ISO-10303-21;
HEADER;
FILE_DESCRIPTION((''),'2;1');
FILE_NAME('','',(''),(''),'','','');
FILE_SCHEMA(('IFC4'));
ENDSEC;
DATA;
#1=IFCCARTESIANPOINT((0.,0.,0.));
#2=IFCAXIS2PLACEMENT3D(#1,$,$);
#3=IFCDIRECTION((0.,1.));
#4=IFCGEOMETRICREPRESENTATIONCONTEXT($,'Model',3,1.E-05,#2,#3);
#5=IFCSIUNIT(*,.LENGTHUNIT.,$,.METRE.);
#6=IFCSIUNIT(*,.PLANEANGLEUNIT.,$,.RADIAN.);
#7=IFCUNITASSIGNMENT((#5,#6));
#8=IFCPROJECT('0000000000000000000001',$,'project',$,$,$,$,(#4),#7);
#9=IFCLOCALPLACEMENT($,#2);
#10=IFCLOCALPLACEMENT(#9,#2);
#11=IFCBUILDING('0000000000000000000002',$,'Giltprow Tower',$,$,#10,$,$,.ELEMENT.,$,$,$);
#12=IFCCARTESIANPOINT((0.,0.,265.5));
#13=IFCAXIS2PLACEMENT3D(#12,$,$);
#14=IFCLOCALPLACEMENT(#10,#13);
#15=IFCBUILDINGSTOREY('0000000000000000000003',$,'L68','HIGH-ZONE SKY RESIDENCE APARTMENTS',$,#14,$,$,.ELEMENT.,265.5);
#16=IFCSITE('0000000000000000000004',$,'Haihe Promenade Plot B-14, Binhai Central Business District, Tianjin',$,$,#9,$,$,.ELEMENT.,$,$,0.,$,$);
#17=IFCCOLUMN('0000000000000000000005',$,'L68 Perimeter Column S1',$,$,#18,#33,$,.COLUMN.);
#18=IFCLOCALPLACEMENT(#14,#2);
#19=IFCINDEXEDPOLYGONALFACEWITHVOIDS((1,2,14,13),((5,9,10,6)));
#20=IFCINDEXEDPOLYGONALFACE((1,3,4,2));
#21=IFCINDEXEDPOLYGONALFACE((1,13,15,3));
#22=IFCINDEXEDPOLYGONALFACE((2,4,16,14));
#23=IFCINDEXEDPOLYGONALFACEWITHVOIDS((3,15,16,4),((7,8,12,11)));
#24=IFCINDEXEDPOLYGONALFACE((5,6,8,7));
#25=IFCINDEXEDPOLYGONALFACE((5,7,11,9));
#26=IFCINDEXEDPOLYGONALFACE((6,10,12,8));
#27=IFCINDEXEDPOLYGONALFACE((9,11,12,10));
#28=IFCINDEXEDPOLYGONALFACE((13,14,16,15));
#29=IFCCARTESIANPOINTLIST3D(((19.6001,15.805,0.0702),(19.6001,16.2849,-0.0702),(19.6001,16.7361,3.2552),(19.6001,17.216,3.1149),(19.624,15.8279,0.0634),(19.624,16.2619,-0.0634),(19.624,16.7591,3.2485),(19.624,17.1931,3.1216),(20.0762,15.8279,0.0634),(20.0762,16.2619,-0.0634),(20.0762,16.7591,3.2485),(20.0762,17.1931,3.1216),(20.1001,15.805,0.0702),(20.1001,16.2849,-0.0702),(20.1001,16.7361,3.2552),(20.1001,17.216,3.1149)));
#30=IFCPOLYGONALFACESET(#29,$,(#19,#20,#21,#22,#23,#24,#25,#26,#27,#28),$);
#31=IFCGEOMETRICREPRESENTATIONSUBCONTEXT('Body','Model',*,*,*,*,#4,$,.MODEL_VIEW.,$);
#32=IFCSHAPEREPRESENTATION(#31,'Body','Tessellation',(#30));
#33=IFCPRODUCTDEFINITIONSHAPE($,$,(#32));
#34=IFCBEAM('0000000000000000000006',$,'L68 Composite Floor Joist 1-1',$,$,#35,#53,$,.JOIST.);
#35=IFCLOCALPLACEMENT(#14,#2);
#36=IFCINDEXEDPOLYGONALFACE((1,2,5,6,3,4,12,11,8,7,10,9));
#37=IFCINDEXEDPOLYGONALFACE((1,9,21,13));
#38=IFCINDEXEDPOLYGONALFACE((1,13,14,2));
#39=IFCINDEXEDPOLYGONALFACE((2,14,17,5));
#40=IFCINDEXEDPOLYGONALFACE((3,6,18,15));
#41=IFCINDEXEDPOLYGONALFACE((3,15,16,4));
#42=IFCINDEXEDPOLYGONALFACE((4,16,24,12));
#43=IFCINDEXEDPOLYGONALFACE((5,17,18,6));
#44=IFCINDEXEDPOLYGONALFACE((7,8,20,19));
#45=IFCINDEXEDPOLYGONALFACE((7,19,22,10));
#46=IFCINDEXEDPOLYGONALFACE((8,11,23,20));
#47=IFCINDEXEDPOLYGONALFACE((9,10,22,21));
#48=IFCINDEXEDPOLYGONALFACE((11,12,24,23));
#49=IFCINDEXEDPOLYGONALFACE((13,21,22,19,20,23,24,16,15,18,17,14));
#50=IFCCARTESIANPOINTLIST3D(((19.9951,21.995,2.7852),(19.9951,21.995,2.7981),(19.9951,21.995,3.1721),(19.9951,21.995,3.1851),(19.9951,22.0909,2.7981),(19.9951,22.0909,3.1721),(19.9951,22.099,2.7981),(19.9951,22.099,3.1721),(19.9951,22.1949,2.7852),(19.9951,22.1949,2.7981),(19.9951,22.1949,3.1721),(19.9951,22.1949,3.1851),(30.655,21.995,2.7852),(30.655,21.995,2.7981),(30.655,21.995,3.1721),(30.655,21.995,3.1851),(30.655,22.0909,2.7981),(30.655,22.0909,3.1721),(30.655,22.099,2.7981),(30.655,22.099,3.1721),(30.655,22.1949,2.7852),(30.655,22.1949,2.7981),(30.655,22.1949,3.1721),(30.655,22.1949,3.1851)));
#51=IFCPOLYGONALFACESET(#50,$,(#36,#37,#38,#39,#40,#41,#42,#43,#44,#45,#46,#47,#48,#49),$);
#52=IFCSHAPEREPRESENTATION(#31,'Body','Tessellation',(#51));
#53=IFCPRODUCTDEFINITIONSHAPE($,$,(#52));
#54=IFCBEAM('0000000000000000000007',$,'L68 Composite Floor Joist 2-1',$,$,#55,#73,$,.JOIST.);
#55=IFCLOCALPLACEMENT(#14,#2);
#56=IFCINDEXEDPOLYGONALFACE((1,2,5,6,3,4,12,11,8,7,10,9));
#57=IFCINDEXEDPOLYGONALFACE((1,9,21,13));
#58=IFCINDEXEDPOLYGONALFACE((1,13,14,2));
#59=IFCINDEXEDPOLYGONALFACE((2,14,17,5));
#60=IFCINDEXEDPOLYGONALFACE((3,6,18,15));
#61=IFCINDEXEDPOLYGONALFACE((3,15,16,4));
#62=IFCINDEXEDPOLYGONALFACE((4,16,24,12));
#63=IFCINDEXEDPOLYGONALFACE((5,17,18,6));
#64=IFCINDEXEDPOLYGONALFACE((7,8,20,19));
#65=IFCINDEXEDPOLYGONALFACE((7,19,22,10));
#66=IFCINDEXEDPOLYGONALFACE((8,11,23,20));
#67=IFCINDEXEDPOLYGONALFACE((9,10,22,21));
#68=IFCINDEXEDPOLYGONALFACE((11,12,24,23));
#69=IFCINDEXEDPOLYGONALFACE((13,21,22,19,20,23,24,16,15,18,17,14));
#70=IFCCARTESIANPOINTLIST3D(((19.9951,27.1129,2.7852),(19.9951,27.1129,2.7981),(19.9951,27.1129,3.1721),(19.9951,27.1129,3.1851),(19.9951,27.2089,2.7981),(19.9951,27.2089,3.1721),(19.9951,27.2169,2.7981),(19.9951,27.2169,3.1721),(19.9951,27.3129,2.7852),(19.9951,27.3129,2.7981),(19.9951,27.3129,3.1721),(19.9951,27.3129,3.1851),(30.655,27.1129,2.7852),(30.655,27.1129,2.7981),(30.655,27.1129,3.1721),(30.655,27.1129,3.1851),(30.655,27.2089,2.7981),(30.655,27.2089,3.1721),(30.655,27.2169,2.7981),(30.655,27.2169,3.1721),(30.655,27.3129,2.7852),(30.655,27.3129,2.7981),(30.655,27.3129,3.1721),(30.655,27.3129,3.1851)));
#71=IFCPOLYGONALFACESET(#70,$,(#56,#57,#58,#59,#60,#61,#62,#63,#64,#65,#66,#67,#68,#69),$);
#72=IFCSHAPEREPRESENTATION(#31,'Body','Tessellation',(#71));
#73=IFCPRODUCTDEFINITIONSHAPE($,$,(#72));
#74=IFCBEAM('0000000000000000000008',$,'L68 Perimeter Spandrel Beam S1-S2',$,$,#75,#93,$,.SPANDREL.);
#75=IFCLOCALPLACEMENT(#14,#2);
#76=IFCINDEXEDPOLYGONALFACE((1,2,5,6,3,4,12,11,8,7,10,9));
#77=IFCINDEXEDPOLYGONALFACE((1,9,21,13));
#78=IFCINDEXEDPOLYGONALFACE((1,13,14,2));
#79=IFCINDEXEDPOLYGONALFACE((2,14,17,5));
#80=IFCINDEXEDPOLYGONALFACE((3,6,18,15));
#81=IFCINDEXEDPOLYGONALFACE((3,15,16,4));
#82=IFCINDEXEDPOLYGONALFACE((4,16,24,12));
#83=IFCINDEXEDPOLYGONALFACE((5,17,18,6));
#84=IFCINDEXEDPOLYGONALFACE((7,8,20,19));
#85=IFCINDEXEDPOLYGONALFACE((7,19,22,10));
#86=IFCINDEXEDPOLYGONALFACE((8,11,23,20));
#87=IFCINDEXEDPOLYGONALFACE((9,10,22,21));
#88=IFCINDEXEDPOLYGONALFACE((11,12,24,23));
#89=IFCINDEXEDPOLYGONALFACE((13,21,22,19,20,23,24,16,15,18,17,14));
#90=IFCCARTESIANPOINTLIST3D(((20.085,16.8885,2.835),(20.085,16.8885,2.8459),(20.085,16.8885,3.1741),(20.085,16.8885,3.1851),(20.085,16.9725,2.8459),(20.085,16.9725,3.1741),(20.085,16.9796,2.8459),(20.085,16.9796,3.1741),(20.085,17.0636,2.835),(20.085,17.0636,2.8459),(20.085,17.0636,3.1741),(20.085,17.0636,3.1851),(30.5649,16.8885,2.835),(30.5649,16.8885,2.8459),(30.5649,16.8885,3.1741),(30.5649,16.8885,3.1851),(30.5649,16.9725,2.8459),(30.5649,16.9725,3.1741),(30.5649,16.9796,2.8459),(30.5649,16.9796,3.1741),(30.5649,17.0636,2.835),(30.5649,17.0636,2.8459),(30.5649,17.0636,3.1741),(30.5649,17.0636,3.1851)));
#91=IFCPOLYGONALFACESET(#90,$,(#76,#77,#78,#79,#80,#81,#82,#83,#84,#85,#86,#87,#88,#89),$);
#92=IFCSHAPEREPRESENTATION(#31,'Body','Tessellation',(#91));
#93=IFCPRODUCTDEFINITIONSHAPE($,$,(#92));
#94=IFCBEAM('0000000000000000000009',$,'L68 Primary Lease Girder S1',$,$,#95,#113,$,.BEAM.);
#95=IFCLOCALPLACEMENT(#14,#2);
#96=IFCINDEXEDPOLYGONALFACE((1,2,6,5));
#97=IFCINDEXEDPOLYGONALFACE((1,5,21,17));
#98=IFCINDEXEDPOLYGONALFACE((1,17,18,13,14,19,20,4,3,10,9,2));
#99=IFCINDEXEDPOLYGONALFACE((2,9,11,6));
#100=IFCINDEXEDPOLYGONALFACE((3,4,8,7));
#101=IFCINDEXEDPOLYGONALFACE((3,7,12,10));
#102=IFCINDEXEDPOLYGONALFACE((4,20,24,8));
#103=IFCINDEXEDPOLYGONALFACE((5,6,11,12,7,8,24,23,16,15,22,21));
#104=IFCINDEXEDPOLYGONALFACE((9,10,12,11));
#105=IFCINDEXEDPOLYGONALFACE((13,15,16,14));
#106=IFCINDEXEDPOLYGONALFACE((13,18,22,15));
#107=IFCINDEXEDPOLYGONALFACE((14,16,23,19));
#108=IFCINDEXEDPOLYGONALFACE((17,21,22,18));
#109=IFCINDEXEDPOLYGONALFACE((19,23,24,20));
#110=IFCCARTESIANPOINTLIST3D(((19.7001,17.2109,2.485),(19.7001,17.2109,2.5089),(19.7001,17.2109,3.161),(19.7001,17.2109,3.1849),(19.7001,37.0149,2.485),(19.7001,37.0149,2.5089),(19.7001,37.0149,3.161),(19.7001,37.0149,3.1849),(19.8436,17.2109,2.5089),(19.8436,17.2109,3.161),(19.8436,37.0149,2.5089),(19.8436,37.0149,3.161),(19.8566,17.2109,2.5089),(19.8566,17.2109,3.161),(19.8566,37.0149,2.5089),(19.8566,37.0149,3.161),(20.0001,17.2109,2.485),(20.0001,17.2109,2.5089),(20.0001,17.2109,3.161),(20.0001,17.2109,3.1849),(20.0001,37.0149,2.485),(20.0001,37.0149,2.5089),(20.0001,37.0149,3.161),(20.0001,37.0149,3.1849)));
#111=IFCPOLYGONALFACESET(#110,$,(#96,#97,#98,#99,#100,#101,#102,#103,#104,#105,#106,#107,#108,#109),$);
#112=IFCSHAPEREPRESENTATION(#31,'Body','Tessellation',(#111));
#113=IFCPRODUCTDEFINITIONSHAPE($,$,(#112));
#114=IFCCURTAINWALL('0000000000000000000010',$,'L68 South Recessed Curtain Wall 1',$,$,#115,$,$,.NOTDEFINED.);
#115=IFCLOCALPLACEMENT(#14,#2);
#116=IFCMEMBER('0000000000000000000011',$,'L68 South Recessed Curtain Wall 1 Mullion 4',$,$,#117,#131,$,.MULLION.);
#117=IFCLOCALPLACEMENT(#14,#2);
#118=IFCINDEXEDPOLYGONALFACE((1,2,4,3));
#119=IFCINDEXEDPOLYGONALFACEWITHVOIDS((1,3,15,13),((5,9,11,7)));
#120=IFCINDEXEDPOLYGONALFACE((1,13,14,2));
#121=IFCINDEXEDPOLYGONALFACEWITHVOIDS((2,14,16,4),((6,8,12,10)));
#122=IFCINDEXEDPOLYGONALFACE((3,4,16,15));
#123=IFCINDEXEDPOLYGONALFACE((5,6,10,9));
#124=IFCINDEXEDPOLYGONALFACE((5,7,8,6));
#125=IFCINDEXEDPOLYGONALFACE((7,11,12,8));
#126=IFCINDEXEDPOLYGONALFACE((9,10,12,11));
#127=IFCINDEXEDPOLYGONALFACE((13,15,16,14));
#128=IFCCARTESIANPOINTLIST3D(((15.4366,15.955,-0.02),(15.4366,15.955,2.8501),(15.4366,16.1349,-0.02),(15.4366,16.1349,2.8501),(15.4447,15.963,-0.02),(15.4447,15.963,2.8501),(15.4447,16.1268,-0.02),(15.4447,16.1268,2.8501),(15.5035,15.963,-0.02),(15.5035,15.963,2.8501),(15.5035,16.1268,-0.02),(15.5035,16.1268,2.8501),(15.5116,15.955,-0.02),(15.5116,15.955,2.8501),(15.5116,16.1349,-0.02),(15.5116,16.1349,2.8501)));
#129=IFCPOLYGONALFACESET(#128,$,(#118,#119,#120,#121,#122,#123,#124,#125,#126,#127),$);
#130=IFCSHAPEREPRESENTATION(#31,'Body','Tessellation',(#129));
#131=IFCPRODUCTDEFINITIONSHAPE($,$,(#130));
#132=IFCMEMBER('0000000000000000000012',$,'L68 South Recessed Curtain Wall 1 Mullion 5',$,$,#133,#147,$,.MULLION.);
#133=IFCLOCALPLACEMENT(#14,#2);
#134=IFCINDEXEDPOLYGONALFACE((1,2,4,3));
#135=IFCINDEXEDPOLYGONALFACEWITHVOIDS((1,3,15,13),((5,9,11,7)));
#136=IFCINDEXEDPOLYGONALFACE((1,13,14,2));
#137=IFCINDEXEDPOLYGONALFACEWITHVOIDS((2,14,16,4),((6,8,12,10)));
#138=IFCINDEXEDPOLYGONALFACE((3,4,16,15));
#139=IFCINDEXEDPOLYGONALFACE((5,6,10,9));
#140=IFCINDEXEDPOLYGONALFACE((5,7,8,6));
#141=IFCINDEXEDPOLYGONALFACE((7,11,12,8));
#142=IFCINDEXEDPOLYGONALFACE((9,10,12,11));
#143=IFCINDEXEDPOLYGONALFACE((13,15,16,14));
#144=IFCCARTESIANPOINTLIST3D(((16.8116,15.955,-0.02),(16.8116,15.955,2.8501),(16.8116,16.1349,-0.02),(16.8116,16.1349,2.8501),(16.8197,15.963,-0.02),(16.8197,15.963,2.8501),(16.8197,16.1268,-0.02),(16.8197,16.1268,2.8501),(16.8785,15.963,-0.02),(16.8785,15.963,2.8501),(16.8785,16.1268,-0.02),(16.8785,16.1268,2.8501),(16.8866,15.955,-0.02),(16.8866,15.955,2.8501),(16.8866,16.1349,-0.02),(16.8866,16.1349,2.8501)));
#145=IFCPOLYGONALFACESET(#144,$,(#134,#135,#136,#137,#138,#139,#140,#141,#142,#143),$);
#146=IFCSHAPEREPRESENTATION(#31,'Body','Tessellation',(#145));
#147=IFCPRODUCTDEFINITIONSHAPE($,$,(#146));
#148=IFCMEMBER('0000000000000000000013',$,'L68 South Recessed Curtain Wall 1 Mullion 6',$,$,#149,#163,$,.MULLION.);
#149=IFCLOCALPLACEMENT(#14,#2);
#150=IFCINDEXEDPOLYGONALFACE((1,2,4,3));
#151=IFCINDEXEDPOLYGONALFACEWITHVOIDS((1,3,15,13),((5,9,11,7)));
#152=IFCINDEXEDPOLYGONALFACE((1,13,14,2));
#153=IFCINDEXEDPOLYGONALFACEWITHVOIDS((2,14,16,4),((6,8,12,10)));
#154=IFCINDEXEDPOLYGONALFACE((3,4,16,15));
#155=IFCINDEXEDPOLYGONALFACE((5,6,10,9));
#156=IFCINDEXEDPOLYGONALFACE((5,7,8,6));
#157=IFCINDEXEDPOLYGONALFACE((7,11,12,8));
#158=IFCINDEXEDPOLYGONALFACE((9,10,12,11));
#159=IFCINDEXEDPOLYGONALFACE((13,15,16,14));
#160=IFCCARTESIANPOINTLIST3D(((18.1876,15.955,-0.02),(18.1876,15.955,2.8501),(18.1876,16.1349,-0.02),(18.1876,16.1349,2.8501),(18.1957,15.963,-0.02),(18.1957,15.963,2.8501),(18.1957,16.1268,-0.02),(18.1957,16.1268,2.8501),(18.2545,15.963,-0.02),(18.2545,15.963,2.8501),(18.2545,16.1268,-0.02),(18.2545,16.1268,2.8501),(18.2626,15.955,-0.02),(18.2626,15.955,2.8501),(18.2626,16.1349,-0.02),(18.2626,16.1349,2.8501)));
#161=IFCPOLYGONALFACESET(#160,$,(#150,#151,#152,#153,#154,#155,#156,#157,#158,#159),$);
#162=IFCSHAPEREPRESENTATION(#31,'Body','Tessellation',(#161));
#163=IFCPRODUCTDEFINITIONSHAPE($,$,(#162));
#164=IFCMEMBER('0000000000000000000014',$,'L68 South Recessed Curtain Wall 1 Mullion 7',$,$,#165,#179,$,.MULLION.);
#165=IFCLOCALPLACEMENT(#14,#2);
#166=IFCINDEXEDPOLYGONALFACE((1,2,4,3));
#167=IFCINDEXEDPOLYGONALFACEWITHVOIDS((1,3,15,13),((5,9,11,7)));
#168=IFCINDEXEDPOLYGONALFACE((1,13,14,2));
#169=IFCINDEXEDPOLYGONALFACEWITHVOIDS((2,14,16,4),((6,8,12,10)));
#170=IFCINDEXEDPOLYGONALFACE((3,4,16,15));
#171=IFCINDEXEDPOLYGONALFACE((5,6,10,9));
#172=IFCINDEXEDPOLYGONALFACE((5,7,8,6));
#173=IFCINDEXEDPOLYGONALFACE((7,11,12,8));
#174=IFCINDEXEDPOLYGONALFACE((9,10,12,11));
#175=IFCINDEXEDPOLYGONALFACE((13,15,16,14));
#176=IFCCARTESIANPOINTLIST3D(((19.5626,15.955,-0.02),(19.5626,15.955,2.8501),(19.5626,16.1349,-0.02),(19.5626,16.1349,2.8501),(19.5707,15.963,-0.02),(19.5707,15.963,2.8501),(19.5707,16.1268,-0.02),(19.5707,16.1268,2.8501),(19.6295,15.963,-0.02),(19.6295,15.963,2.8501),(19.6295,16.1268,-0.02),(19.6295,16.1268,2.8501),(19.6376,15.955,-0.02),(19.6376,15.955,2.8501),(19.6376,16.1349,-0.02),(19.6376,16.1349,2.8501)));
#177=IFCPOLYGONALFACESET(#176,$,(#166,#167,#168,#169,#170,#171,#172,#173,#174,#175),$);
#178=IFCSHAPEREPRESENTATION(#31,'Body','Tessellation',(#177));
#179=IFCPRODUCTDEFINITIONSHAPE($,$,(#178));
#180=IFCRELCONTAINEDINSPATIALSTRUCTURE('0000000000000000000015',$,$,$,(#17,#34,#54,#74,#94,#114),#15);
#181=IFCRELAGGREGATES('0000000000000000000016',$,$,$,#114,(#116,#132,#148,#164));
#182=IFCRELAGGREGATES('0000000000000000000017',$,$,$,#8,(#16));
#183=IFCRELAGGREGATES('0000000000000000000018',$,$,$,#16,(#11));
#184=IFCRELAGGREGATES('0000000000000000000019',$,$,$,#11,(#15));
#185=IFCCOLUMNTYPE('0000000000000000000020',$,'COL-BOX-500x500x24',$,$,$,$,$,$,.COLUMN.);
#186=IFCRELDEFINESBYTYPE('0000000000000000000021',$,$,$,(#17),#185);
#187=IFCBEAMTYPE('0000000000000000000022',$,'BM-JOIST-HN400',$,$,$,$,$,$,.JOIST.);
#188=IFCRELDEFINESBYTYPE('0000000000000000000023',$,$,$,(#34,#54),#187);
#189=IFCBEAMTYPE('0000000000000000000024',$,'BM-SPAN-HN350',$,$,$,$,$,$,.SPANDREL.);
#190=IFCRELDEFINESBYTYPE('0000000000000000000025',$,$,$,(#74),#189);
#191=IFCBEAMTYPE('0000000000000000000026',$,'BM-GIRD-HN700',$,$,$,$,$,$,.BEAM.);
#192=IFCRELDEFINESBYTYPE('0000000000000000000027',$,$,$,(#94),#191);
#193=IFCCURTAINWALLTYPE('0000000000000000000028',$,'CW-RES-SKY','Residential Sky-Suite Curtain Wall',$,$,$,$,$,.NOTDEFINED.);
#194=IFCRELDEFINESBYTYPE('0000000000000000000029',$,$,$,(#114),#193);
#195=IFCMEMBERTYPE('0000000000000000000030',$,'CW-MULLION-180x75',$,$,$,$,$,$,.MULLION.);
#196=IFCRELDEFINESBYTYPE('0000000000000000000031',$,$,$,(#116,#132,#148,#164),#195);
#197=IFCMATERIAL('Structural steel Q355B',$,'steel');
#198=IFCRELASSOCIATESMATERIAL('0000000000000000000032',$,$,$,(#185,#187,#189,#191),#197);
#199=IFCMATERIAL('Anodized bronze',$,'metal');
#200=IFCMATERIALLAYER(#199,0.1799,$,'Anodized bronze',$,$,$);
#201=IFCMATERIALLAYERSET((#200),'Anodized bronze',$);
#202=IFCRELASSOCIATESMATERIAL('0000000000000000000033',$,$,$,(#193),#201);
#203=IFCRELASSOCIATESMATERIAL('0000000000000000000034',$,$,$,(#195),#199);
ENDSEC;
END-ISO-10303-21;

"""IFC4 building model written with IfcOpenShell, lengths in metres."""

from ifc_helpers import new_model, si_unit, direction, frame, origin, origin_2d, place, context, subcontext, project, spatial, hollow_rectangle, i_section, extrude, source, transform, mapped, material, layer, layer_set, material_profile, profile_set, type_object, element, aggregate, save


model = new_model("IFC4")

# Units and contexts
model_context = context("Model", 3, precision=1e-05, world=origin(), true_north=direction((0.0, 1.0)))
body_context = subcontext(model_context, "Body", "Model", "MODEL_VIEW")
ifc_project = project(units=[si_unit("LENGTHUNIT", "METRE"), si_unit("PLANEANGLEUNIT", "RADIAN")], contexts=[model_context])

# Site, building, storey
site_placement = place(None, origin())
site = spatial("IfcSite", under=ifc_project, at=site_placement, Name="Haihe Promenade Plot B-14, Binhai Central Business District, Tianjin", CompositionType="ELEMENT", RefElevation=0.0)
building_placement = place(site_placement, origin())
building = spatial("IfcBuilding", under=site, at=building_placement, Name="Giltprow Tower", CompositionType="ELEMENT")
storey_placement = place(building_placement, frame((0.0, 0.0, 265.5)))
storey = spatial("IfcBuildingStorey", under=building, at=storey_placement, Name="L68", Description="HIGH-ZONE SKY RESIDENCE APARTMENTS", CompositionType="ELEMENT", Elevation=265.5)

# Column
ifc_material_1 = material(Name="Structural steel Q355B", Category="steel")
ifc_material_profile_1 = material_profile(ifc_material_1, hollow_rectangle(XDim=0.5, YDim=0.5, WallThickness=0.0239, at=origin_2d()), Name="BOX 500x500x24")
ifc_profile_set_1 = profile_set([ifc_material_profile_1], Name="Structural steel Q355B")
column_type = type_object("IfcColumnType", Name="COL-BOX-500x500x24", PredefinedType="COLUMN", material=ifc_profile_set_1)
shared_shape_1 = source(origin(), body_context, "Body", "SweptSolid", [
    extrude(hollow_rectangle(XDim=0.5, YDim=0.5, WallThickness=0.0239, at=origin_2d()), origin(), (0.0, 0.0, 1.0), 3.3184),
])
column_placement = place(storey_placement, frame((19.8501, 16.0449, 0.0), z_axis=(0.0, 0.280605, 0.959823), x_axis=(-1.0, 0.0, 0.0)))
element("IfcColumn", 1, at=column_placement, inside=storey, type_object=column_type, Name="L68 Perimeter Column S1", PredefinedType="COLUMN", context=body_context, shape_type="MappedRepresentation", body=[
    mapped(shared_shape_1, transform((0.0, 0.0, 0.0), x_axis=(1.0, 0.0, 0.0), y_axis=(0.0, 1.0, 0.0), z_axis=(0.0, 0.0, 1.0), scale=1.0)),
])

# Beams
ifc_material_profile_2 = material_profile(ifc_material_1, i_section(OverallWidth=0.2, OverallDepth=0.3999, WebThickness=0.0081, FlangeThickness=0.0129, at=origin_2d()), Name="HN 400x200x8x13")
ifc_profile_set_2 = profile_set([ifc_material_profile_2], Name="Structural steel Q355B")
beam_type_1 = type_object("IfcBeamType", Name="BM-JOIST-HN400", PredefinedType="JOIST", material=ifc_profile_set_2)
shared_shape_2 = source(origin(), body_context, "Body", "SweptSolid", [
    extrude(i_section(OverallWidth=0.2, OverallDepth=0.3999, WebThickness=0.0081, FlangeThickness=0.0129, at=origin_2d()), origin(), (0.0, 0.0, 1.0), 10.6599),
])
for number, where, z_axis, x_axis, name in (
    (2, (19.9951, 22.095, 2.9851), (1.0, 0.0, 0.0), (0.0, 1.0, 0.0), "L68 Composite Floor Joist 1-1"),
    (3, (19.9951, 27.2129, 2.9851), (1.0, 0.0, 0.0), (0.0, 1.0, 0.0), "L68 Composite Floor Joist 2-1"),
):
    element("IfcBeam", number, at=place(storey_placement, frame(where, z_axis=z_axis, x_axis=x_axis)), inside=storey, type_object=beam_type_1, Name=name, PredefinedType="JOIST", context=body_context, shape_type="MappedRepresentation", body=[
        mapped(shared_shape_2, transform((0.0, 0.0, 0.0), x_axis=(1.0, 0.0, 0.0), y_axis=(0.0, 1.0, 0.0), z_axis=(0.0, 0.0, 1.0), scale=1.0)),
    ])
ifc_material_profile_3 = material_profile(ifc_material_1, i_section(OverallWidth=0.175, OverallDepth=0.3501, WebThickness=0.0071, FlangeThickness=0.011, at=origin_2d()), Name="HN 350x175x7x11")
ifc_profile_set_3 = profile_set([ifc_material_profile_3], Name="Structural steel Q355B")
beam_type_2 = type_object("IfcBeamType", Name="BM-SPAN-HN350", PredefinedType="SPANDREL", material=ifc_profile_set_3)
shared_shape_3 = source(origin(), body_context, "Body", "SweptSolid", [
    extrude(i_section(OverallWidth=0.175, OverallDepth=0.3501, WebThickness=0.0071, FlangeThickness=0.011, at=origin_2d()), origin(), (0.0, 0.0, 1.0), 10.48),
])
beam_1_placement = place(storey_placement, frame((20.085, 16.9761, 3.01), z_axis=(1.0, 0.0, 0.0), x_axis=(0.0, 1.0, 0.0)))
element("IfcBeam", 4, at=beam_1_placement, inside=storey, type_object=beam_type_2, Name="L68 Perimeter Spandrel Beam S1-S2", PredefinedType="SPANDREL", context=body_context, shape_type="MappedRepresentation", body=[
    mapped(shared_shape_3, transform((0.0, 0.0, 0.0), x_axis=(1.0, 0.0, 0.0), y_axis=(0.0, 1.0, 0.0), z_axis=(0.0, 0.0, 1.0), scale=1.0)),
])
ifc_material_profile_4 = material_profile(ifc_material_1, i_section(OverallWidth=0.3, OverallDepth=0.7, WebThickness=0.0129, FlangeThickness=0.0239, at=origin_2d()), Name="HN 700x300x13x24")
ifc_profile_set_4 = profile_set([ifc_material_profile_4], Name="Structural steel Q355B")
beam_type_3 = type_object("IfcBeamType", Name="BM-GIRD-HN700", PredefinedType="BEAM", material=ifc_profile_set_4)
shared_shape_4 = source(origin(), body_context, "Body", "SweptSolid", [
    extrude(i_section(OverallWidth=0.3, OverallDepth=0.7, WebThickness=0.0129, FlangeThickness=0.0239, at=origin_2d()), origin(), (0.0, 0.0, 1.0), 19.804),
])
beam_2_placement = place(storey_placement, frame((19.8501, 17.2109, 2.835), z_axis=(0.0, 1.0, 0.0), x_axis=(-1.0, 0.0, 0.0)))
element("IfcBeam", 5, at=beam_2_placement, inside=storey, type_object=beam_type_3, Name="L68 Primary Lease Girder S1", PredefinedType="BEAM", context=body_context, shape_type="MappedRepresentation", body=[
    mapped(shared_shape_4, transform((0.0, 0.0, 0.0), x_axis=(1.0, 0.0, 0.0), y_axis=(0.0, 1.0, 0.0), z_axis=(0.0, 0.0, 1.0), scale=1.0)),
])

# Curtain wall, members
ifc_material_2 = material(Name="Anodized bronze", Category="metal")
ifc_layer_1 = layer(ifc_material_2, 0.1799, Name="Anodized bronze")
ifc_layer_set_1 = layer_set([ifc_layer_1], Name="Anodized bronze")
curtain_wall_type = type_object("IfcCurtainWallType", Name="CW-RES-SKY", Description="Residential Sky-Suite Curtain Wall", PredefinedType="NOTDEFINED", material=ifc_layer_set_1)
curtain_wall_placement = place(storey_placement, origin())
curtain_wall = element("IfcCurtainWall", 6, at=curtain_wall_placement, inside=storey, type_object=curtain_wall_type, Name="L68 South Recessed Curtain Wall 1", PredefinedType="NOTDEFINED")
ifc_material_profile_5 = material_profile(ifc_material_2, hollow_rectangle(XDim=0.075, YDim=0.1799, WallThickness=0.0081, at=origin_2d()), Name="RHS 180x75x8")
ifc_profile_set_5 = profile_set([ifc_material_profile_5], Name="Anodized bronze")
member_type = type_object("IfcMemberType", Name="CW-MULLION-180x75", PredefinedType="MULLION", material=ifc_profile_set_5)
shared_shape_5 = source(origin(), body_context, "Body", "SweptSolid", [
    extrude(hollow_rectangle(XDim=0.075, YDim=0.1799, WallThickness=0.0081, at=origin_2d()), origin(), (0.0, 0.0, 1.0), 2.8701),
])
member_1_placement = place(storey_placement, frame((15.4741, 16.0449, -0.02), z_axis=(0.0, 0.0, 1.0), x_axis=(1.0, 0.0, 0.0)))
member_1 = element("IfcMember", 7, at=member_1_placement, type_object=member_type, Name="L68 South Recessed Curtain Wall 1 Mullion 4", PredefinedType="MULLION", context=body_context, shape_type="MappedRepresentation", body=[
    mapped(shared_shape_5, transform((0.0, 0.0, 0.0), x_axis=(1.0, 0.0, 0.0), y_axis=(0.0, 1.0, 0.0), z_axis=(0.0, 0.0, 1.0), scale=1.0)),
])
member_2_placement = place(storey_placement, frame((16.8491, 16.0449, -0.02), z_axis=(0.0, 0.0, 1.0), x_axis=(1.0, 0.0, 0.0)))
member_2 = element("IfcMember", 8, at=member_2_placement, type_object=member_type, Name="L68 South Recessed Curtain Wall 1 Mullion 5", PredefinedType="MULLION", context=body_context, shape_type="MappedRepresentation", body=[
    mapped(shared_shape_5, transform((0.0, 0.0, 0.0), x_axis=(1.0, 0.0, 0.0), y_axis=(0.0, 1.0, 0.0), z_axis=(0.0, 0.0, 1.0), scale=1.0)),
])
member_3_placement = place(storey_placement, frame((18.2251, 16.0449, -0.02), z_axis=(0.0, 0.0, 1.0), x_axis=(1.0, 0.0, 0.0)))
member_3 = element("IfcMember", 9, at=member_3_placement, type_object=member_type, Name="L68 South Recessed Curtain Wall 1 Mullion 6", PredefinedType="MULLION", context=body_context, shape_type="MappedRepresentation", body=[
    mapped(shared_shape_5, transform((0.0, 0.0, 0.0), x_axis=(1.0, 0.0, 0.0), y_axis=(0.0, 1.0, 0.0), z_axis=(0.0, 0.0, 1.0), scale=1.0)),
])
member_4_placement = place(storey_placement, frame((19.6001, 16.0449, -0.02), z_axis=(0.0, 0.0, 1.0), x_axis=(1.0, 0.0, 0.0)))
member_4 = element("IfcMember", 10, at=member_4_placement, type_object=member_type, Name="L68 South Recessed Curtain Wall 1 Mullion 7", PredefinedType="MULLION", context=body_context, shape_type="MappedRepresentation", body=[
    mapped(shared_shape_5, transform((0.0, 0.0, 0.0), x_axis=(1.0, 0.0, 0.0), y_axis=(0.0, 1.0, 0.0), z_axis=(0.0, 0.0, 1.0), scale=1.0)),
])

aggregate(curtain_wall, [member_1, member_2, member_3, member_4])

save(model, "model.ifc")
